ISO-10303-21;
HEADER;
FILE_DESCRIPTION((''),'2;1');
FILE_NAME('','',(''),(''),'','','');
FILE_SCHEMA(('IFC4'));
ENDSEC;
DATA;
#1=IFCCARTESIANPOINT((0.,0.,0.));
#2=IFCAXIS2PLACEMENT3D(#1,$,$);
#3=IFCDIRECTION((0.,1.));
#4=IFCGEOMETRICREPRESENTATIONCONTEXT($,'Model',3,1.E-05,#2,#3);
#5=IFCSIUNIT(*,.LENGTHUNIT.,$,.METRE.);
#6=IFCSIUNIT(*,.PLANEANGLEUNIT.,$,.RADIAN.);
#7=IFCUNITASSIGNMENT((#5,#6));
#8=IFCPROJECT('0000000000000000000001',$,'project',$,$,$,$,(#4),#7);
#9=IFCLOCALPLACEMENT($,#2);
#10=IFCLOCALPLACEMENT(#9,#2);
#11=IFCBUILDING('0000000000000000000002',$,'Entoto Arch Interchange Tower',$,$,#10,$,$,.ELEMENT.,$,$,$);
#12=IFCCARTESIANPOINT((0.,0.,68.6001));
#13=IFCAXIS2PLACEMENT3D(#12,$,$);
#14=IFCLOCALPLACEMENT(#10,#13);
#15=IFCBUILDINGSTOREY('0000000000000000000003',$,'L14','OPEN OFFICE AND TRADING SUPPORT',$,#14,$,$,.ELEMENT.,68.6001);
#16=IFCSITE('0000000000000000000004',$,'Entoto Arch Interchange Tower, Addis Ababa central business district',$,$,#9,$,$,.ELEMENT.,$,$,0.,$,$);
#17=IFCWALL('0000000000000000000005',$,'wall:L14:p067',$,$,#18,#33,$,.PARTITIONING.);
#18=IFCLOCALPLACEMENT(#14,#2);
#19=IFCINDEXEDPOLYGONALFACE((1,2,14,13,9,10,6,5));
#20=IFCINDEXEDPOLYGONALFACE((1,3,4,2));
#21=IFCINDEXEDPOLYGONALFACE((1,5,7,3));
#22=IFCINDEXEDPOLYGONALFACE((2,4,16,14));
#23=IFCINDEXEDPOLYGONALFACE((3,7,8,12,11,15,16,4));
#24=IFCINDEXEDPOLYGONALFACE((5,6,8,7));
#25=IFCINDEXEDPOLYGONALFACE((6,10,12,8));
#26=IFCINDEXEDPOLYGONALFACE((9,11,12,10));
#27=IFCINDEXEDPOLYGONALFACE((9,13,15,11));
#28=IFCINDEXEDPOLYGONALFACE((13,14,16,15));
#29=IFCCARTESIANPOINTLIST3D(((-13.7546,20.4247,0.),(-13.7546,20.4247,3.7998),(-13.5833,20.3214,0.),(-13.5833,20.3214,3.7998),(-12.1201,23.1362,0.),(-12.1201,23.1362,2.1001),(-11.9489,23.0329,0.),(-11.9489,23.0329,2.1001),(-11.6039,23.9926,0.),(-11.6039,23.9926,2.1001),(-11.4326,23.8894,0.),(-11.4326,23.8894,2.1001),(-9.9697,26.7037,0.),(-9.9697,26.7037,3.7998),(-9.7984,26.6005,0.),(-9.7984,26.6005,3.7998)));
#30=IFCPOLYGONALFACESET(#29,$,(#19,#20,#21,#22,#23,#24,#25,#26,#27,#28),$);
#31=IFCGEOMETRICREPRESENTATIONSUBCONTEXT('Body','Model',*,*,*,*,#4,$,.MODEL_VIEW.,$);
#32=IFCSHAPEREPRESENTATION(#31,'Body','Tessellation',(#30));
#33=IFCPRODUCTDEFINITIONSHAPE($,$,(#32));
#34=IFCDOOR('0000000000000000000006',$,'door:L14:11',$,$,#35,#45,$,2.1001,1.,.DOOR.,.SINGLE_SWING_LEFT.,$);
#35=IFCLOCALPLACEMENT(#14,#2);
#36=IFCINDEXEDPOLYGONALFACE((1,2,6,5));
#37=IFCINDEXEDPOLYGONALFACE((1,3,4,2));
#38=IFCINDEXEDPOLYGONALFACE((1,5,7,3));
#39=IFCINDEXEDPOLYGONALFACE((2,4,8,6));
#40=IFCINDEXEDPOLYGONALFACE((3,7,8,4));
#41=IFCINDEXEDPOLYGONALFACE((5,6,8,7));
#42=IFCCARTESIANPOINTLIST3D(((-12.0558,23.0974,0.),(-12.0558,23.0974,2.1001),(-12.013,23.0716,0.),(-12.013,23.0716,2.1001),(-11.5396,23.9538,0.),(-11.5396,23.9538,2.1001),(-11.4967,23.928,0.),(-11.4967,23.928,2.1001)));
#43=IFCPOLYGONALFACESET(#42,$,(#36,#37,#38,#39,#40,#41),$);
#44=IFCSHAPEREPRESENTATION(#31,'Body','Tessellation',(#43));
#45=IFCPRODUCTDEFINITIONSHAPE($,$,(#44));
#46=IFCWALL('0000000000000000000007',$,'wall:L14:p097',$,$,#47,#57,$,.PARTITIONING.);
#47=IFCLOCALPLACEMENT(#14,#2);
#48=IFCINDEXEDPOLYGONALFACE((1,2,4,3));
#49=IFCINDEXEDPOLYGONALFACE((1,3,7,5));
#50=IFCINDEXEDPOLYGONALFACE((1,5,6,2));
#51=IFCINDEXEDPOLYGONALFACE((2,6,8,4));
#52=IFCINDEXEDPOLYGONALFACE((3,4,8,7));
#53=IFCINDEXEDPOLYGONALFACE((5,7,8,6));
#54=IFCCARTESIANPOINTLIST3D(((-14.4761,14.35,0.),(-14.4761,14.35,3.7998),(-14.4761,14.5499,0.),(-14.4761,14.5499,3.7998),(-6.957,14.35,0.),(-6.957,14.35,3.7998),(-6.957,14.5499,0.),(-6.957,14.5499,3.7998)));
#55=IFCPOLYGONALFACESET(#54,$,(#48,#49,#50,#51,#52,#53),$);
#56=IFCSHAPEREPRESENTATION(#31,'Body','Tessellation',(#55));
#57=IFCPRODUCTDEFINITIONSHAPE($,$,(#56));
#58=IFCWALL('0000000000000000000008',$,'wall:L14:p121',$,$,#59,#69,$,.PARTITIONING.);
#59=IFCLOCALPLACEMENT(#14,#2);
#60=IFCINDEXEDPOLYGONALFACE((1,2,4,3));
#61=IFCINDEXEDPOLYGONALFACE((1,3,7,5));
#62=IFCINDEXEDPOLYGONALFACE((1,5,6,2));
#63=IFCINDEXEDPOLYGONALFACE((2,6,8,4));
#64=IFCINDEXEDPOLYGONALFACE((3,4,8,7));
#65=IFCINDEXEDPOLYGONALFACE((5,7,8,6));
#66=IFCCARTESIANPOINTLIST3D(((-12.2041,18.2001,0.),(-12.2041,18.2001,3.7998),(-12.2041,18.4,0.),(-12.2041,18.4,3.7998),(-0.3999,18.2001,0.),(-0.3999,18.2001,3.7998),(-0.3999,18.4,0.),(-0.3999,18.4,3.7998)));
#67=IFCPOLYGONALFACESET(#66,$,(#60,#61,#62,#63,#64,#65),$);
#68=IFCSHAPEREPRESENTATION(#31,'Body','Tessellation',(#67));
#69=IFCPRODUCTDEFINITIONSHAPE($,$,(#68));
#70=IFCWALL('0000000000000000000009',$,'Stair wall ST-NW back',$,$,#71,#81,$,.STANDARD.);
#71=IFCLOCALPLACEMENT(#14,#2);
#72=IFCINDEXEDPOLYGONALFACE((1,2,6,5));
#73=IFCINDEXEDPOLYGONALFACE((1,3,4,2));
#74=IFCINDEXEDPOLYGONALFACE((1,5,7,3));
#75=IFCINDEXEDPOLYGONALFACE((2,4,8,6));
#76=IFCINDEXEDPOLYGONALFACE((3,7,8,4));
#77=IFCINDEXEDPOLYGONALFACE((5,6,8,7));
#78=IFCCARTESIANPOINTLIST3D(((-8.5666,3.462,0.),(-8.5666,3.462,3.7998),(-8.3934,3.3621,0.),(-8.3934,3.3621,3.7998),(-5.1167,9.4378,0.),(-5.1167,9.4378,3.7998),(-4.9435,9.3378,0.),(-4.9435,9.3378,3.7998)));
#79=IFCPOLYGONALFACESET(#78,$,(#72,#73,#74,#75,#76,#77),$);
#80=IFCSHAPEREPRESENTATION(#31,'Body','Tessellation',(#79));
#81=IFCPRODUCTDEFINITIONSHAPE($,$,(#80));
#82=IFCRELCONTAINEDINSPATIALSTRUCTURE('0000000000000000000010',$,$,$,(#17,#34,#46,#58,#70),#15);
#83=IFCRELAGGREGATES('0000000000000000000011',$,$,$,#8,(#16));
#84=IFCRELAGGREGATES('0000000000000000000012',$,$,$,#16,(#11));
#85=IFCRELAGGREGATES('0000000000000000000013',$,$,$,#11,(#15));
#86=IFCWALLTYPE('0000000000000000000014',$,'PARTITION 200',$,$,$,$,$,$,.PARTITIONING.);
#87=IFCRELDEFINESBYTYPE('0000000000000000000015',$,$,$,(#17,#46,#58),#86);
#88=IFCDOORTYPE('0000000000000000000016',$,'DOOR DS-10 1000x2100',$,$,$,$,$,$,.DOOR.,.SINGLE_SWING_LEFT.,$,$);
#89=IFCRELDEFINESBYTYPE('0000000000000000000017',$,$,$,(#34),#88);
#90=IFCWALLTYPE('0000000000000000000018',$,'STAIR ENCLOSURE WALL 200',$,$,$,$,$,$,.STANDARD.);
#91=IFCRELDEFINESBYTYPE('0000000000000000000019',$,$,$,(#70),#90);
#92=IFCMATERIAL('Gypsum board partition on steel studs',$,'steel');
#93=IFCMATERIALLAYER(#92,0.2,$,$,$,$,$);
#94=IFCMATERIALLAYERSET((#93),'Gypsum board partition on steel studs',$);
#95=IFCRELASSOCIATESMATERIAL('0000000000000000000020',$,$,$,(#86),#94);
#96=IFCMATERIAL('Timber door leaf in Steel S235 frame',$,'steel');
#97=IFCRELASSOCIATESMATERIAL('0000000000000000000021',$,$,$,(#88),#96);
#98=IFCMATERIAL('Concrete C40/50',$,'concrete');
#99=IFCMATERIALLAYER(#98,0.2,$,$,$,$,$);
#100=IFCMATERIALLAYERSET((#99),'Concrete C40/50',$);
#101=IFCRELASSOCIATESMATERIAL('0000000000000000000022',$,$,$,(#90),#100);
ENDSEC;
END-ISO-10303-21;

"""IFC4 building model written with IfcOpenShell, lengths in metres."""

from ifc_helpers import new_model, si_unit, direction, frame, frame_2d, origin, place, context, subcontext, project, spatial, rectangle, extrude, material, layer, layer_set, type_object, element, fill, save


model = new_model("IFC4")

# Units and contexts
model_context = context("Model", 3, precision=1e-05, world=origin(), true_north=direction((0.0, 1.0)))
body_context = subcontext(model_context, "Body", "Model", "MODEL_VIEW")
ifc_project = project(units=[si_unit("LENGTHUNIT", "METRE"), si_unit("PLANEANGLEUNIT", "RADIAN")], contexts=[model_context])

# Site, building, storey
site_placement = place(None, origin())
site = spatial("IfcSite", under=ifc_project, at=site_placement, Name="Entoto Arch Interchange Tower, Addis Ababa central business district", CompositionType="ELEMENT", RefElevation=0.0)
building_placement = place(site_placement, origin())
building = spatial("IfcBuilding", under=site, at=building_placement, Name="Entoto Arch Interchange Tower", CompositionType="ELEMENT")
storey_placement = place(building_placement, frame((0.0, 0.0, 68.6001)))
storey = spatial("IfcBuildingStorey", under=building, at=storey_placement, Name="L14", Description="OPEN OFFICE AND TRADING SUPPORT", CompositionType="ELEMENT", Elevation=68.6001)

# Shared definitions
ifc_material_1 = material(Name="Concrete C40/50", Category="concrete")

# Shared definitions
ifc_material_2 = material(Name="Gypsum board partition on steel studs", Category="steel")
ifc_layer_1 = layer(ifc_material_2, 0.2)
ifc_layer_set_1 = layer_set([ifc_layer_1], Name="Gypsum board partition on steel studs")
wall_type_1 = type_object("IfcWallType", Name="PARTITION 200", PredefinedType="PARTITIONING", material=ifc_layer_set_1)

# Wall, opening, door
wall_1_placement = place(storey_placement, frame((-13.6689, 20.373, 0.0), z_axis=(0.0, 0.0, 1.0), x_axis=(0.516248, 0.856439, 0.0)))
wall_1 = element("IfcWall", 1, at=wall_1_placement, inside=storey, type_object=wall_type_1, Name="wall:L14:p067", PredefinedType="PARTITIONING", context=body_context, shape_type="SweptSolid", body=[
    extrude(rectangle(XDim=7.3315, YDim=0.2, at=frame_2d((3.6658, 0.0))), origin(), (0.0, 0.0, 1.0), 3.7998),
])
opening_1_placement = place(wall_1_placement, frame((3.166, 0.0, 0.0)))
opening_1 = element("IfcOpeningElement", 2, at=opening_1_placement, cuts=wall_1, PredefinedType="OPENING", context=body_context, shape_type="SweptSolid", body=[
    extrude(rectangle(XDim=1.0, YDim=2.1001, at=frame_2d((0.5, 1.05))), frame((0.0, 0.1099, 0.0), z_axis=(0.0, -1.0, 0.0), x_axis=(1.0, 0.0, 0.0)), (0.0, 0.0, 1.0), 0.22),
])
ifc_material_3 = material(Name="Timber door leaf in Steel S235 frame", Category="steel")
door_type_1 = type_object("IfcDoorType", Name="DOOR DS-10 1000x2100", OperationType="SINGLE_SWING_LEFT", PredefinedType="DOOR", material=ifc_material_3)
door_1_placement = place(opening_1_placement, origin())
door_1 = element("IfcDoor", 3, at=door_1_placement, inside=storey, type_object=door_type_1, Name="door:L14:11", OperationType="SINGLE_SWING_LEFT", OverallHeight=2.1001, OverallWidth=1.0, PredefinedType="DOOR", context=body_context, shape_type="SweptSolid", body=[
    extrude(rectangle(XDim=1.0, YDim=2.1001, at=frame_2d((0.5, 1.05))), frame((0.0, 0.0249, 0.0), z_axis=(0.0, -1.0, 0.0), x_axis=(1.0, 0.0, 0.0)), (0.0, 0.0, 1.0), 0.05),
])
fill(opening_1, door_1)

# Walls
wall_2_placement = place(storey_placement, frame((-6.957, 14.45, 0.0), z_axis=(0.0, 0.0, 1.0), x_axis=(-1.0, 0.0, 0.0)))
element("IfcWall", 4, at=wall_2_placement, inside=storey, type_object=wall_type_1, Name="wall:L14:p097", PredefinedType="PARTITIONING", context=body_context, shape_type="SweptSolid", body=[
    extrude(rectangle(XDim=7.519, YDim=0.2, at=frame_2d((3.7595, 0.0))), origin(), (0.0, 0.0, 1.0), 3.7998),
])
wall_3_placement = place(storey_placement, frame((-12.2041, 18.3, 0.0), z_axis=(0.0, 0.0, 1.0), x_axis=(1.0, 0.0, 0.0)))
element("IfcWall", 5, at=wall_3_placement, inside=storey, type_object=wall_type_1, Name="wall:L14:p121", PredefinedType="PARTITIONING", context=body_context, shape_type="SweptSolid", body=[
    extrude(rectangle(XDim=11.8042, YDim=0.2, at=frame_2d((5.9021, 0.0))), origin(), (0.0, 0.0, 1.0), 3.7998),
])
ifc_layer_2 = layer(ifc_material_1, 0.2)
ifc_layer_set_2 = layer_set([ifc_layer_2], Name="Concrete C40/50")
wall_type_2 = type_object("IfcWallType", Name="STAIR ENCLOSURE WALL 200", PredefinedType="STANDARD", material=ifc_layer_set_2)
wall_4_placement = place(storey_placement, frame((-5.03, 9.3879, 0.0), z_axis=(0.0, 0.0, 1.0), x_axis=(-0.499979, -0.866038, 0.0)))
element("IfcWall", 6, at=wall_4_placement, inside=storey, type_object=wall_type_2, Name="Stair wall ST-NW back", PredefinedType="STANDARD", context=body_context, shape_type="SweptSolid", body=[
    extrude(rectangle(XDim=6.9001, YDim=0.2, at=frame_2d((3.4502, 0.0))), origin(), (0.0, 0.0, 1.0), 3.7998),
])

save(model, "model.ifc")
